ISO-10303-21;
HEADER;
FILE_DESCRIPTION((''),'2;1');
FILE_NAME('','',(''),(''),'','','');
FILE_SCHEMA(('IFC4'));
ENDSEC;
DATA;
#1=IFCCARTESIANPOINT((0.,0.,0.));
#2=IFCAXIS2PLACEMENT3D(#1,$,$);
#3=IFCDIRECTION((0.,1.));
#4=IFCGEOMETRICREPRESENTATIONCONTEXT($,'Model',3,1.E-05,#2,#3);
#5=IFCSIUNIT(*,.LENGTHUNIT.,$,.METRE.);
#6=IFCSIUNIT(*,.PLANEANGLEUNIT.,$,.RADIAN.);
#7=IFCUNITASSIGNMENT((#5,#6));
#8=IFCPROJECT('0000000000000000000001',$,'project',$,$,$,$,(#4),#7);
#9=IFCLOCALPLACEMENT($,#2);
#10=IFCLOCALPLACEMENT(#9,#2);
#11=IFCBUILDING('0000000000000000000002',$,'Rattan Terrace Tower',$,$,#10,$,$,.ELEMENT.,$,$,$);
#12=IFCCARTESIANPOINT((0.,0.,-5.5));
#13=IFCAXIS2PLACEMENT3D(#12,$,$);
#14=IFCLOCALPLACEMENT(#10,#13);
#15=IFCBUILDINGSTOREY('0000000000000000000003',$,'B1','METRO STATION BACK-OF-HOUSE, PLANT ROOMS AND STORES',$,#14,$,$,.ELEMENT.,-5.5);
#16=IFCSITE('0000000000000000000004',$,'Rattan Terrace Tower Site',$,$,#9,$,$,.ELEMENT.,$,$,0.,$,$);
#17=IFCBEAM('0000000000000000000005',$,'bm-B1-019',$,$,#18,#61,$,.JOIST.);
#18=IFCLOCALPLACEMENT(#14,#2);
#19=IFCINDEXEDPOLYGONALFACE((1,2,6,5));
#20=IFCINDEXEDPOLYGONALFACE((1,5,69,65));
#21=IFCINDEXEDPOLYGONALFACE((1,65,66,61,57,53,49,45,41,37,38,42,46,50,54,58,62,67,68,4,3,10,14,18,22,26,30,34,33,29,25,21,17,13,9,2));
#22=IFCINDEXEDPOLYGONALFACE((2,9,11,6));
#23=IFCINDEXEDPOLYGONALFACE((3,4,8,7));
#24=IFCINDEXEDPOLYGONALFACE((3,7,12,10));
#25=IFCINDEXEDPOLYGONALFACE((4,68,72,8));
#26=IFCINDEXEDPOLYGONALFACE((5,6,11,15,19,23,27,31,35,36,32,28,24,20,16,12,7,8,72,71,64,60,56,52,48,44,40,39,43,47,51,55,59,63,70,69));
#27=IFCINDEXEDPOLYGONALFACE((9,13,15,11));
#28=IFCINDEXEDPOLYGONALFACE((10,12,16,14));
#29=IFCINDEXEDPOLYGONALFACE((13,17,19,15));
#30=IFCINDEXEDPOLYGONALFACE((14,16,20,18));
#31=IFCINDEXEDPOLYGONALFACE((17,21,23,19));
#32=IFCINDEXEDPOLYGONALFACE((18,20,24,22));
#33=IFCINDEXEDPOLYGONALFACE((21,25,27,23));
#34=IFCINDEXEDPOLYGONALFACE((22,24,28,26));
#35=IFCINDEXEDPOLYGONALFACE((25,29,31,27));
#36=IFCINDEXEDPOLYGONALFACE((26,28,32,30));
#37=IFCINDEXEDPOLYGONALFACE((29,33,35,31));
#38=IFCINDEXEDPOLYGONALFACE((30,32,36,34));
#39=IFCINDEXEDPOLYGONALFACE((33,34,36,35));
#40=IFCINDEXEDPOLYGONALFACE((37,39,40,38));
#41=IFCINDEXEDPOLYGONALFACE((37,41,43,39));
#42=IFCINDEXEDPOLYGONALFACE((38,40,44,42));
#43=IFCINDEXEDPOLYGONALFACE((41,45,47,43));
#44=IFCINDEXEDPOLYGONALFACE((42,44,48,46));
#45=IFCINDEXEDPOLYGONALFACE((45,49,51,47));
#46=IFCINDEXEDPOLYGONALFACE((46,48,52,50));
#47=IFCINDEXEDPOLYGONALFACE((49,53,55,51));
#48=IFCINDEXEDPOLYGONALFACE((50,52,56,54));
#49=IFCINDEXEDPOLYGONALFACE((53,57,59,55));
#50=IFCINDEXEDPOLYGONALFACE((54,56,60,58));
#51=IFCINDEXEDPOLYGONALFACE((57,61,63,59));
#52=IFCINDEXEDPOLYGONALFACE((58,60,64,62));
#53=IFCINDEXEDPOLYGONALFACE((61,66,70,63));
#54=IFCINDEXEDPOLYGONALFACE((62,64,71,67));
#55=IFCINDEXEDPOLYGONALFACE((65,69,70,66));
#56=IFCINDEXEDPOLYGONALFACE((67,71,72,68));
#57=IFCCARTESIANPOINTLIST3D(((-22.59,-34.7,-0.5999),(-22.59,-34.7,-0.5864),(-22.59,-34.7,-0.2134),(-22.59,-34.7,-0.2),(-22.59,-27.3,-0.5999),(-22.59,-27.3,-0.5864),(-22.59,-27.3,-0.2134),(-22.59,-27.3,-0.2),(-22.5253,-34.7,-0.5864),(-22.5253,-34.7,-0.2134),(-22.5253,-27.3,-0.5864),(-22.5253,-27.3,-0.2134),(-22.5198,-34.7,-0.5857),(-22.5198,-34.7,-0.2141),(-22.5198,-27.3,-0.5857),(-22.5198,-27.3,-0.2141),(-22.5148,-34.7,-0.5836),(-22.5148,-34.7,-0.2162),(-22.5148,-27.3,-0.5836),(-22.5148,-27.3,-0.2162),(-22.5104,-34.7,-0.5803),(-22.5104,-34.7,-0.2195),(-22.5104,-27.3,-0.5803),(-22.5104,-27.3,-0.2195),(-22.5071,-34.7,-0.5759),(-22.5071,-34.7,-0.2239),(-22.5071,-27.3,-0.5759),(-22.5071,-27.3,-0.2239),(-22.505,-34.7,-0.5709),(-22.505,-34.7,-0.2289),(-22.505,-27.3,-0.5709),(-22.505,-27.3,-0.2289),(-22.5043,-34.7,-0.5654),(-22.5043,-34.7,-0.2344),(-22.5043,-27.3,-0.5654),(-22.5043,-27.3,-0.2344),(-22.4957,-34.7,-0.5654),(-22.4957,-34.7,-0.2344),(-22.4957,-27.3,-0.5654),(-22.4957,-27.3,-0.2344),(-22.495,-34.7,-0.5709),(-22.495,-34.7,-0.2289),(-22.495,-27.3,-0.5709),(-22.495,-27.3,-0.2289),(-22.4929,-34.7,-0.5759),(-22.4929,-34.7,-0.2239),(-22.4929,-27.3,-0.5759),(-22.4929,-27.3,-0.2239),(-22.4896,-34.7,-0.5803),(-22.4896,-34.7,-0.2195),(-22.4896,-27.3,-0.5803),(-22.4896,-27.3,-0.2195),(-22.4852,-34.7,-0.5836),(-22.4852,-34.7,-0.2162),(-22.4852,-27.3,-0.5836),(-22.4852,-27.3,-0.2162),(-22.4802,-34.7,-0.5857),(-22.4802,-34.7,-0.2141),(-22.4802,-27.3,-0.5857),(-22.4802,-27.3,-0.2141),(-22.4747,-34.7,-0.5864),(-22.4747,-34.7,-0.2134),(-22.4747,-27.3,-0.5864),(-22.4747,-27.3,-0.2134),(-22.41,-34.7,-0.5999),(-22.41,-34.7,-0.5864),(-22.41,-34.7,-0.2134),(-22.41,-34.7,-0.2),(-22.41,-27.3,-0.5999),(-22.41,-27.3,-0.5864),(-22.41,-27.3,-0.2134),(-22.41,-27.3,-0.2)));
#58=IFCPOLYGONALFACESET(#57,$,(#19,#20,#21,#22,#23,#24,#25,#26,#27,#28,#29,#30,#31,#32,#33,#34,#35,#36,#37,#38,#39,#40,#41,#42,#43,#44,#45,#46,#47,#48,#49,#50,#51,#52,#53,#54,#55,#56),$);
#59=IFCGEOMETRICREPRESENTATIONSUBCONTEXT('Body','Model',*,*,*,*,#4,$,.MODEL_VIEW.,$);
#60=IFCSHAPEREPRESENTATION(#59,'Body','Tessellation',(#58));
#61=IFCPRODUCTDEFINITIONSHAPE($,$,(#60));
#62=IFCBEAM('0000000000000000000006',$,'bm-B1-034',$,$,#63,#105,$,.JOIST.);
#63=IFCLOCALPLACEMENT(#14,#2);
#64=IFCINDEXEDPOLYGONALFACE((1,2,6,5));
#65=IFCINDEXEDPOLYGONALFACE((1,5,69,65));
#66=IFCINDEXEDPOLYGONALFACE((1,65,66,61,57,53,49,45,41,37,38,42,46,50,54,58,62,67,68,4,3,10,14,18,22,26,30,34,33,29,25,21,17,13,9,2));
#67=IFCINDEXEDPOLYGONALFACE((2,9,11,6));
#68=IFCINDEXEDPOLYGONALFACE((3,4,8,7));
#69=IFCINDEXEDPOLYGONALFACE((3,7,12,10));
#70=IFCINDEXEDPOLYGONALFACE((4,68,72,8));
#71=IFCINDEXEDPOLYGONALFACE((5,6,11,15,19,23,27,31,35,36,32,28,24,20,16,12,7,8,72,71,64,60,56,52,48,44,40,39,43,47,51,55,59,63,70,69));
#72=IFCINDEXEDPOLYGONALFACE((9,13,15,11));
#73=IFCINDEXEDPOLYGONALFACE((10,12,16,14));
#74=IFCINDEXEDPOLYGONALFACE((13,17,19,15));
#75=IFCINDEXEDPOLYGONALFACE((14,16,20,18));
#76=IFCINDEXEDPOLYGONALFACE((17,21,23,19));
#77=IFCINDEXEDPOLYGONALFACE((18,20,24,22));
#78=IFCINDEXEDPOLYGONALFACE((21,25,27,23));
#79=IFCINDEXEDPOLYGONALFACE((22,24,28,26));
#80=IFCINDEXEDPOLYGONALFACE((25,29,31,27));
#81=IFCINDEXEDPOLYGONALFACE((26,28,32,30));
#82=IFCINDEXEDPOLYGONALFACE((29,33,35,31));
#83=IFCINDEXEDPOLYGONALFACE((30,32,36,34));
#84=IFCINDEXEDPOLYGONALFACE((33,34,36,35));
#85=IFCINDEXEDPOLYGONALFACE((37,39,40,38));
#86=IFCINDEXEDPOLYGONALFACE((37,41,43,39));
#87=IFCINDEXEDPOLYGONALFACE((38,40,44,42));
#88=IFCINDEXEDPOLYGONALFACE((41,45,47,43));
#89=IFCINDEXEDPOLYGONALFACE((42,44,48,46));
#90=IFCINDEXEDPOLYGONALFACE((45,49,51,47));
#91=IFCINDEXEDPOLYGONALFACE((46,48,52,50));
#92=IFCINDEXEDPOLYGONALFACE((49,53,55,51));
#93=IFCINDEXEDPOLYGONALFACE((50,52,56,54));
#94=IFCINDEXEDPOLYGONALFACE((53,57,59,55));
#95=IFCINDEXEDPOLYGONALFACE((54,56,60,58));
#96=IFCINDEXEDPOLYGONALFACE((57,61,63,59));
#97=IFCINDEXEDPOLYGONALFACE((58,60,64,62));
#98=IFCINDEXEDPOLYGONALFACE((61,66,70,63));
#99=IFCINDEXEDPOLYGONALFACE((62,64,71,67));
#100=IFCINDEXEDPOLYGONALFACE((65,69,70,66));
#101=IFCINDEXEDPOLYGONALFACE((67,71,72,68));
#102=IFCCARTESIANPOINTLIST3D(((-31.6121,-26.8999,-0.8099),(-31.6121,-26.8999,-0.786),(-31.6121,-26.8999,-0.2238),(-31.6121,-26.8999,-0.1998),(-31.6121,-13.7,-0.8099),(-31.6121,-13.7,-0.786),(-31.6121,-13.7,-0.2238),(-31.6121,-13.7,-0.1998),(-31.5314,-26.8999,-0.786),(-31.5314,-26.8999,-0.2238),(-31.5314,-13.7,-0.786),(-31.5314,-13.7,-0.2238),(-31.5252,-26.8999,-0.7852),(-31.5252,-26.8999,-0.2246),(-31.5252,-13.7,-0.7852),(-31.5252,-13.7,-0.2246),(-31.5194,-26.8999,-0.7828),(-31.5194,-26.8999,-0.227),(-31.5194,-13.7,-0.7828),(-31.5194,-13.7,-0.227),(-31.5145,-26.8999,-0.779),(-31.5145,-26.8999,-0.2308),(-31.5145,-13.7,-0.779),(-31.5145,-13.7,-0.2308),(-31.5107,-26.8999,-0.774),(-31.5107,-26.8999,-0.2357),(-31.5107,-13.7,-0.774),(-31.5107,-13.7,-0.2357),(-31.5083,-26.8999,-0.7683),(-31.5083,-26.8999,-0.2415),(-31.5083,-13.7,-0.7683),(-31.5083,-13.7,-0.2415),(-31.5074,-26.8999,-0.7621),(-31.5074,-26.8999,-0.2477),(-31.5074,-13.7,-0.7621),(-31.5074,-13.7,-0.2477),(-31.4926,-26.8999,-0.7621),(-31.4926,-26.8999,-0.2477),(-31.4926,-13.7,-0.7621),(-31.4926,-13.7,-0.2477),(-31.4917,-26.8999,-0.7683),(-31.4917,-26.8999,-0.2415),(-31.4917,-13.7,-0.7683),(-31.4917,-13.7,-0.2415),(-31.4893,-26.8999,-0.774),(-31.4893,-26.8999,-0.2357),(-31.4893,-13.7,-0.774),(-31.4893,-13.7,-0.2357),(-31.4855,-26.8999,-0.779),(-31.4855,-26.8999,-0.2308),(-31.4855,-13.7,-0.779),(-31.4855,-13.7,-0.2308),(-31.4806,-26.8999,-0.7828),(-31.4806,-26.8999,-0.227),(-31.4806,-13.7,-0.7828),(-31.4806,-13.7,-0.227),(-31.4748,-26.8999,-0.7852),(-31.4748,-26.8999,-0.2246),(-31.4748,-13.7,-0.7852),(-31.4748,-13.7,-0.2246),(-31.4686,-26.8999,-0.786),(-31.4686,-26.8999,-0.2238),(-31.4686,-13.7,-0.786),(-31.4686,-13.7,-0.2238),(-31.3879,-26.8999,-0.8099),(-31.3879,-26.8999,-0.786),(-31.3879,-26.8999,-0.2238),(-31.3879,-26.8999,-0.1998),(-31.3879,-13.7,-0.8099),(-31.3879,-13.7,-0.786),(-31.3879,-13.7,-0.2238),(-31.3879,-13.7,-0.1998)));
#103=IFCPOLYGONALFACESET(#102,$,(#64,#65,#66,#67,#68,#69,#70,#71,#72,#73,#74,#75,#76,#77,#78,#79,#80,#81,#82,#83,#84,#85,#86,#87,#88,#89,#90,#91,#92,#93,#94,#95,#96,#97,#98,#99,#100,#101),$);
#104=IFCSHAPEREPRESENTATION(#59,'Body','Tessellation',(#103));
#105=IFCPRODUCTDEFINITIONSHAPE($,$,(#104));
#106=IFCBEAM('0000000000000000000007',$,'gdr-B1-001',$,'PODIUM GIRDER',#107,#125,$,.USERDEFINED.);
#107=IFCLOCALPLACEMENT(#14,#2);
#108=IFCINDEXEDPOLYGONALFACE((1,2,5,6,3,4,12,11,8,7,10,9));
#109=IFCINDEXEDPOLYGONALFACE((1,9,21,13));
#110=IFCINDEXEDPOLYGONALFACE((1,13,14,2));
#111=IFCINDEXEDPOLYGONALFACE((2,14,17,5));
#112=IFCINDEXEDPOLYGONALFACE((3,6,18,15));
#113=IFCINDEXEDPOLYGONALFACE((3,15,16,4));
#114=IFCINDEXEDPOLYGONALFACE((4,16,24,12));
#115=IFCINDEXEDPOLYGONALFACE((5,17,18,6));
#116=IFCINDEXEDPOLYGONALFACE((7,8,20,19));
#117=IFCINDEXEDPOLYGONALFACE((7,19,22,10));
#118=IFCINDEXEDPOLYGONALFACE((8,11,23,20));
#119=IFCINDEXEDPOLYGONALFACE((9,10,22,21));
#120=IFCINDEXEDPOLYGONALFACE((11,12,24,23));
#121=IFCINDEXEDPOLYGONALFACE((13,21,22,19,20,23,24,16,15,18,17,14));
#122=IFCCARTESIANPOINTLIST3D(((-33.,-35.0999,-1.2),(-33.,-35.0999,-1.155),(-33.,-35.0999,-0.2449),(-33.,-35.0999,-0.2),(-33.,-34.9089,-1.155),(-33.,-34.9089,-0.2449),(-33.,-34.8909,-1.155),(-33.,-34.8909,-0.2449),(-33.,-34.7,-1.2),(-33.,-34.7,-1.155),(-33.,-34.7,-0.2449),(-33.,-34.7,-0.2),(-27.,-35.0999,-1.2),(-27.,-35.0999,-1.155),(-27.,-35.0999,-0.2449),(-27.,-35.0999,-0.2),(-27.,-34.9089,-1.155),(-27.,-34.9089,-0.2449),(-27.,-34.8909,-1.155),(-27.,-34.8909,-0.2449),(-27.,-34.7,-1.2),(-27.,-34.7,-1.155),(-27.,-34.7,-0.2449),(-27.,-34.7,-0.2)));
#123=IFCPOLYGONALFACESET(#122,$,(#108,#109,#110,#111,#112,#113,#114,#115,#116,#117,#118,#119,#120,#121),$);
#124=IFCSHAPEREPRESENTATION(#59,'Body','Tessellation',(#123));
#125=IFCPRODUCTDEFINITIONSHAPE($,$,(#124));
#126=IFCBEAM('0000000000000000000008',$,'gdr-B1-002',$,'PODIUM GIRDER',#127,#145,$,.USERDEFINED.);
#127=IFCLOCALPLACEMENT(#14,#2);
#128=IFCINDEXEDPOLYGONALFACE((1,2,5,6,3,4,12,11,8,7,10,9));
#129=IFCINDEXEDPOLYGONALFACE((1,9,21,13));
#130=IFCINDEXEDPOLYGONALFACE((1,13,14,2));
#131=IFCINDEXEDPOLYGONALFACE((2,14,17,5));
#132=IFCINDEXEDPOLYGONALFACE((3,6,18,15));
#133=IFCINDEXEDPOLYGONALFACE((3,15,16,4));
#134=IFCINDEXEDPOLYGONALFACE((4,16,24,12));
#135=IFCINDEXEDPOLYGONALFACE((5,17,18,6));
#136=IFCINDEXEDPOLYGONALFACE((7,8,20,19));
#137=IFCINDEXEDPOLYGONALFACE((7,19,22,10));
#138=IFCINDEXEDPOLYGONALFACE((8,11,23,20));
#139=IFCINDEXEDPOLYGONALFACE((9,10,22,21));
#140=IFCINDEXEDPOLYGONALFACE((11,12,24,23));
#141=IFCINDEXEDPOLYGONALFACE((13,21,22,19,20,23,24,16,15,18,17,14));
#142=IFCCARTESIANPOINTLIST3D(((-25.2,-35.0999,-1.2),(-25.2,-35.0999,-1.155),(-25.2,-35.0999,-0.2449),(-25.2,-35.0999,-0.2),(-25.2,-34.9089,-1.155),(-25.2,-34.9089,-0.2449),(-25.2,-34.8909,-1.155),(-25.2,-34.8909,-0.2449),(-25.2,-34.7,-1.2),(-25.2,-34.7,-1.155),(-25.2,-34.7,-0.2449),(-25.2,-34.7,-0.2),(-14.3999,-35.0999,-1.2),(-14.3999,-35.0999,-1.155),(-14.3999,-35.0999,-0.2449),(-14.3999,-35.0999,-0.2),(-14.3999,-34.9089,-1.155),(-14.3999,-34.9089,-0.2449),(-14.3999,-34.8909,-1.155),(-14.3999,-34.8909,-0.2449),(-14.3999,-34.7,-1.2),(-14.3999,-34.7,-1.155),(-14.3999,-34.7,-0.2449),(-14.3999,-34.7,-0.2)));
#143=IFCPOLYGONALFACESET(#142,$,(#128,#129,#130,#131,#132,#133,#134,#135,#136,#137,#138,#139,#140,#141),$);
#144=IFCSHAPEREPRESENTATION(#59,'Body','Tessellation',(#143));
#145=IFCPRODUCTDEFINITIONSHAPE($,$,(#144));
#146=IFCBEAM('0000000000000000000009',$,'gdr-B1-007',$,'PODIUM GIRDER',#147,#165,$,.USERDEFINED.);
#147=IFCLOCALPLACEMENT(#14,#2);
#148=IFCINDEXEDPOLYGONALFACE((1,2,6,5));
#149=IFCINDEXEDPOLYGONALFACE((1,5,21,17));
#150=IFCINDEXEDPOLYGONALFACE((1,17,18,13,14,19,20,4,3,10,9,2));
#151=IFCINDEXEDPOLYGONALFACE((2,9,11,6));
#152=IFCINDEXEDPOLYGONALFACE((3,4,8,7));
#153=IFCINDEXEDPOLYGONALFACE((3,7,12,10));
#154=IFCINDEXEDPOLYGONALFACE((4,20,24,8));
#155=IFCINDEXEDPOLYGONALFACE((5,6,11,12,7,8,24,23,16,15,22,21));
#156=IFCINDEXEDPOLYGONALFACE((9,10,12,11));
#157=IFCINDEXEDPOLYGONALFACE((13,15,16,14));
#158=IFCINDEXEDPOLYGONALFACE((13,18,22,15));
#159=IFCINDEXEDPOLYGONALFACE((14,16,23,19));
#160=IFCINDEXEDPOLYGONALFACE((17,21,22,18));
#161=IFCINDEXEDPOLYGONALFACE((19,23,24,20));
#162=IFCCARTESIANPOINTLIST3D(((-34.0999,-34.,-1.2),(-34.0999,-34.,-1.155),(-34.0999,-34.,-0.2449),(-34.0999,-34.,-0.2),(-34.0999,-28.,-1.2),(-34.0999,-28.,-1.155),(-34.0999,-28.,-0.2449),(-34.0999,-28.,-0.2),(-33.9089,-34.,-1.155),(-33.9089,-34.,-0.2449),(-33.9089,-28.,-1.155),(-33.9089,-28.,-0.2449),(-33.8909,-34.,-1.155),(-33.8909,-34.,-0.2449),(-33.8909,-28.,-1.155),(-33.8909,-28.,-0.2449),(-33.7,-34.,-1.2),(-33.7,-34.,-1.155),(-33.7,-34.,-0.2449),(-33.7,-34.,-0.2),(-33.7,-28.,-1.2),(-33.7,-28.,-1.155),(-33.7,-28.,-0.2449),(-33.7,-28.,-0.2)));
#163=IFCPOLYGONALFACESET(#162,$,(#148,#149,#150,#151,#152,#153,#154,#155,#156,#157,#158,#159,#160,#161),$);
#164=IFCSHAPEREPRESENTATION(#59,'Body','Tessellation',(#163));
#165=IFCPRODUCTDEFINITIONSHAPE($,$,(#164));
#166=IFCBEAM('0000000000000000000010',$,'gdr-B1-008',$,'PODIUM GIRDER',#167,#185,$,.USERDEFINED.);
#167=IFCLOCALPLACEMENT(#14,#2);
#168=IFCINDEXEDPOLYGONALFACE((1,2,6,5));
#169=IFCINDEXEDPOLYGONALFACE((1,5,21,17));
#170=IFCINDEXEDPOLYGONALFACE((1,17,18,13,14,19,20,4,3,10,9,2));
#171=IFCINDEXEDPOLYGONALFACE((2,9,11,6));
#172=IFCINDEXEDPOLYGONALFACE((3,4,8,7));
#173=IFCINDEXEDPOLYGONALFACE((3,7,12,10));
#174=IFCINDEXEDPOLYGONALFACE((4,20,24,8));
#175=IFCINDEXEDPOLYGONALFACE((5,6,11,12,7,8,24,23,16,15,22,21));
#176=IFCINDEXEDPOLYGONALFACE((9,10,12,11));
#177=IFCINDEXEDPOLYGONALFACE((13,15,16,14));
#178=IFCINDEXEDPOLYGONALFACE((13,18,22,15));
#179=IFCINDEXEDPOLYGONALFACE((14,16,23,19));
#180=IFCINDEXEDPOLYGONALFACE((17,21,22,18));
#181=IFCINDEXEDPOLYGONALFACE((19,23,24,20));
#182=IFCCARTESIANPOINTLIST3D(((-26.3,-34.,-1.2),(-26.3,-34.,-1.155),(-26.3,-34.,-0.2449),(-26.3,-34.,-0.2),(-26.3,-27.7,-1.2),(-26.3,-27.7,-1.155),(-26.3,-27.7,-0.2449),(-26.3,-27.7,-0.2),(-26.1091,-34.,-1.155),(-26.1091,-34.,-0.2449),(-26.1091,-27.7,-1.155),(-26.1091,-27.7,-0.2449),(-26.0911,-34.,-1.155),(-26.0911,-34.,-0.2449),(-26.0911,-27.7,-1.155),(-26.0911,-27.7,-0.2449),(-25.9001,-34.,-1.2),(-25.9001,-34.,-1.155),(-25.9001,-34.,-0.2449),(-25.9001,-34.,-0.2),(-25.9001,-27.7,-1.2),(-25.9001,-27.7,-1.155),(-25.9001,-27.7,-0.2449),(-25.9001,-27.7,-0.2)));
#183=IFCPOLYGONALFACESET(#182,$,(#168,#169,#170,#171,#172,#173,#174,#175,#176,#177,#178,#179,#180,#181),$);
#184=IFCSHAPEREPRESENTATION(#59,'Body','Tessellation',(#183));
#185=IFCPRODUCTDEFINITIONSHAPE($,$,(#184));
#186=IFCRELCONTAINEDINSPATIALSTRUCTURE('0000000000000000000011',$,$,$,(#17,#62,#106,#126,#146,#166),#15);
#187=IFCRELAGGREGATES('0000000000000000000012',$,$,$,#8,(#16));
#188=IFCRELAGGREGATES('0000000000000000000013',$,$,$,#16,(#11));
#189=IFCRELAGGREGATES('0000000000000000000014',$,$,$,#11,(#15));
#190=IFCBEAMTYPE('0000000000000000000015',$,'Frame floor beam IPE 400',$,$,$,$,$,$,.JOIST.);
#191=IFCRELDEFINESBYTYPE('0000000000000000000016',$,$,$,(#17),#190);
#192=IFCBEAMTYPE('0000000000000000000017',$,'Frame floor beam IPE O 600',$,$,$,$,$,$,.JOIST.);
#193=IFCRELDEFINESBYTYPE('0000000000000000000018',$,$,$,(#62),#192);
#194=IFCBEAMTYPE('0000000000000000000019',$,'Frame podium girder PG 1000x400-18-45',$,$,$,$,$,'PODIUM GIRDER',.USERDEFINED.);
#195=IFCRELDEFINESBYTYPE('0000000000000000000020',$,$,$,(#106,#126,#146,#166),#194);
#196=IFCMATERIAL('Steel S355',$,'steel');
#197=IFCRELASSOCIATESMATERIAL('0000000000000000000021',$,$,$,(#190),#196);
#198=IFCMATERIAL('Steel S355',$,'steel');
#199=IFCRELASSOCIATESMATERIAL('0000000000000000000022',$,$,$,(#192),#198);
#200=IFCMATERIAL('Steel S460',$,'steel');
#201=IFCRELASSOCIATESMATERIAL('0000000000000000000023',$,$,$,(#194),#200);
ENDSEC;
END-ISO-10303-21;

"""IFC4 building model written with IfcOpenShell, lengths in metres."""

from ifc_helpers import new_model, si_unit, direction, frame, origin, origin_2d, place, context, subcontext, project, spatial, i_section, extrude, material, material_profile, profile_set, type_object, element, save


model = new_model("IFC4")

# Units and contexts
model_context = context("Model", 3, precision=1e-05, world=origin(), true_north=direction((0.0, 1.0)))
body_context = subcontext(model_context, "Body", "Model", "MODEL_VIEW")
ifc_project = project(units=[si_unit("LENGTHUNIT", "METRE"), si_unit("PLANEANGLEUNIT", "RADIAN")], contexts=[model_context])

# Site, building, storey
site_placement = place(None, origin())
site = spatial("IfcSite", under=ifc_project, at=site_placement, Name="Rattan Terrace Tower Site", CompositionType="ELEMENT", RefElevation=0.0)
building_placement = place(site_placement, origin())
building = spatial("IfcBuilding", under=site, at=building_placement, Name="Rattan Terrace Tower", CompositionType="ELEMENT")
storey_placement = place(building_placement, frame((0.0, 0.0, -5.5)))
storey = spatial("IfcBuildingStorey", under=building, at=storey_placement, Name="B1", Description="METRO STATION BACK-OF-HOUSE, PLANT ROOMS AND STORES", CompositionType="ELEMENT", Elevation=-5.5)

# Beams
ifc_material_1 = material(Name="Steel S355", Category="steel")
ifc_material_profile_1 = material_profile(ifc_material_1, i_section(OverallWidth=0.1799, OverallDepth=0.3999, WebThickness=0.0085, FlangeThickness=0.0134, FilletRadius=0.021, at=origin_2d()), Name="IPE 400")
ifc_profile_set_1 = profile_set([ifc_material_profile_1], Name="Steel S355")
beam_type_1 = type_object("IfcBeamType", Name="Frame floor beam IPE 400", PredefinedType="JOIST", material=ifc_profile_set_1)
for number, where, z_axis, x_axis, name in (
    (1, (-22.5, -34.7, -0.3999), (0.0, 1.0, 0.0), (-1.0, 0.0, 0.0), "bm-B1-019"),
):
    element("IfcBeam", number, at=place(storey_placement, frame(where, z_axis=z_axis, x_axis=x_axis)), inside=storey, type_object=beam_type_1, Name=name, PredefinedType="JOIST", context=body_context, shape_type="SweptSolid", body=[
        extrude(i_section(OverallWidth=0.1799, OverallDepth=0.3999, WebThickness=0.0085, FlangeThickness=0.0134, FilletRadius=0.021, at=origin_2d()), origin(), (0.0, 0.0, 1.0), 7.3999),
    ])
ifc_material_2 = material(Name="Steel S355", Category="steel")
ifc_material_profile_2 = material_profile(ifc_material_2, i_section(OverallWidth=0.2241, OverallDepth=0.6101, WebThickness=0.0149, FlangeThickness=0.0239, FilletRadius=0.0239, at=origin_2d()), Name="IPE O 600")
ifc_profile_set_2 = profile_set([ifc_material_profile_2], Name="Steel S355")
beam_type_2 = type_object("IfcBeamType", Name="Frame floor beam IPE O 600", PredefinedType="JOIST", material=ifc_profile_set_2)
beam_1_placement = place(storey_placement, frame((-31.5, -26.8999, -0.5049), z_axis=(0.0, 1.0, 0.0), x_axis=(-1.0, 0.0, 0.0)))
element("IfcBeam", 2, at=beam_1_placement, inside=storey, type_object=beam_type_2, Name="bm-B1-034", PredefinedType="JOIST", context=body_context, shape_type="SweptSolid", body=[
    extrude(i_section(OverallWidth=0.2241, OverallDepth=0.6101, WebThickness=0.0149, FlangeThickness=0.0239, FilletRadius=0.0239, at=origin_2d()), origin(), (0.0, 0.0, 1.0), 13.2),
])
ifc_material_3 = material(Name="Steel S460", Category="steel")
ifc_material_profile_3 = material_profile(ifc_material_3, i_section(OverallWidth=0.3999, OverallDepth=1.0, WebThickness=0.0181, FlangeThickness=0.0449, at=origin_2d()), Name="PG 1000x400-18-45")
ifc_profile_set_3 = profile_set([ifc_material_profile_3], Name="Steel S460")
beam_type_3 = type_object("IfcBeamType", Name="Frame podium girder PG 1000x400-18-45", ElementType="PODIUM GIRDER", PredefinedType="USERDEFINED", material=ifc_profile_set_3)
beam_2_placement = place(storey_placement, frame((-33.0, -34.8999, -0.7), z_axis=(1.0, 0.0, 0.0), x_axis=(0.0, 1.0, 0.0)))
element("IfcBeam", 3, at=beam_2_placement, inside=storey, type_object=beam_type_3, Name="gdr-B1-001", ObjectType="PODIUM GIRDER", PredefinedType="USERDEFINED", context=body_context, shape_type="SweptSolid", body=[
    extrude(i_section(OverallWidth=0.3999, OverallDepth=1.0, WebThickness=0.0181, FlangeThickness=0.0449, at=origin_2d()), origin(), (0.0, 0.0, 1.0), 6.0),
])
beam_3_placement = place(storey_placement, frame((-25.2, -34.8999, -0.7), z_axis=(1.0, 0.0, 0.0), x_axis=(0.0, 1.0, 0.0)))
element("IfcBeam", 4, at=beam_3_placement, inside=storey, type_object=beam_type_3, Name="gdr-B1-002", ObjectType="PODIUM GIRDER", PredefinedType="USERDEFINED", context=body_context, shape_type="SweptSolid", body=[
    extrude(i_section(OverallWidth=0.3999, OverallDepth=1.0, WebThickness=0.0181, FlangeThickness=0.0449, at=origin_2d()), origin(), (0.0, 0.0, 1.0), 10.8),
])
beam_4_placement = place(storey_placement, frame((-33.8999, -34.0, -0.7), z_axis=(0.0, 1.0, 0.0), x_axis=(-1.0, 0.0, 0.0)))
element("IfcBeam", 5, at=beam_4_placement, inside=storey, type_object=beam_type_3, Name="gdr-B1-007", ObjectType="PODIUM GIRDER", PredefinedType="USERDEFINED", context=body_context, shape_type="SweptSolid", body=[
    extrude(i_section(OverallWidth=0.3999, OverallDepth=1.0, WebThickness=0.0181, FlangeThickness=0.0449, at=origin_2d()), origin(), (0.0, 0.0, 1.0), 6.0),
])
for number, where, z_axis, x_axis, name in (
    (6, (-26.1001, -34.0, -0.7), (0.0, 1.0, 0.0), (-1.0, 0.0, 0.0), "gdr-B1-008"),
):
    element("IfcBeam", number, at=place(storey_placement, frame(where, z_axis=z_axis, x_axis=x_axis)), inside=storey, type_object=beam_type_3, Name=name, ObjectType="PODIUM GIRDER", PredefinedType="USERDEFINED", context=body_context, shape_type="SweptSolid", body=[
        extrude(i_section(OverallWidth=0.3999, OverallDepth=1.0, WebThickness=0.0181, FlangeThickness=0.0449, at=origin_2d()), origin(), (0.0, 0.0, 1.0), 6.3),
    ])

save(model, "model.ifc")
